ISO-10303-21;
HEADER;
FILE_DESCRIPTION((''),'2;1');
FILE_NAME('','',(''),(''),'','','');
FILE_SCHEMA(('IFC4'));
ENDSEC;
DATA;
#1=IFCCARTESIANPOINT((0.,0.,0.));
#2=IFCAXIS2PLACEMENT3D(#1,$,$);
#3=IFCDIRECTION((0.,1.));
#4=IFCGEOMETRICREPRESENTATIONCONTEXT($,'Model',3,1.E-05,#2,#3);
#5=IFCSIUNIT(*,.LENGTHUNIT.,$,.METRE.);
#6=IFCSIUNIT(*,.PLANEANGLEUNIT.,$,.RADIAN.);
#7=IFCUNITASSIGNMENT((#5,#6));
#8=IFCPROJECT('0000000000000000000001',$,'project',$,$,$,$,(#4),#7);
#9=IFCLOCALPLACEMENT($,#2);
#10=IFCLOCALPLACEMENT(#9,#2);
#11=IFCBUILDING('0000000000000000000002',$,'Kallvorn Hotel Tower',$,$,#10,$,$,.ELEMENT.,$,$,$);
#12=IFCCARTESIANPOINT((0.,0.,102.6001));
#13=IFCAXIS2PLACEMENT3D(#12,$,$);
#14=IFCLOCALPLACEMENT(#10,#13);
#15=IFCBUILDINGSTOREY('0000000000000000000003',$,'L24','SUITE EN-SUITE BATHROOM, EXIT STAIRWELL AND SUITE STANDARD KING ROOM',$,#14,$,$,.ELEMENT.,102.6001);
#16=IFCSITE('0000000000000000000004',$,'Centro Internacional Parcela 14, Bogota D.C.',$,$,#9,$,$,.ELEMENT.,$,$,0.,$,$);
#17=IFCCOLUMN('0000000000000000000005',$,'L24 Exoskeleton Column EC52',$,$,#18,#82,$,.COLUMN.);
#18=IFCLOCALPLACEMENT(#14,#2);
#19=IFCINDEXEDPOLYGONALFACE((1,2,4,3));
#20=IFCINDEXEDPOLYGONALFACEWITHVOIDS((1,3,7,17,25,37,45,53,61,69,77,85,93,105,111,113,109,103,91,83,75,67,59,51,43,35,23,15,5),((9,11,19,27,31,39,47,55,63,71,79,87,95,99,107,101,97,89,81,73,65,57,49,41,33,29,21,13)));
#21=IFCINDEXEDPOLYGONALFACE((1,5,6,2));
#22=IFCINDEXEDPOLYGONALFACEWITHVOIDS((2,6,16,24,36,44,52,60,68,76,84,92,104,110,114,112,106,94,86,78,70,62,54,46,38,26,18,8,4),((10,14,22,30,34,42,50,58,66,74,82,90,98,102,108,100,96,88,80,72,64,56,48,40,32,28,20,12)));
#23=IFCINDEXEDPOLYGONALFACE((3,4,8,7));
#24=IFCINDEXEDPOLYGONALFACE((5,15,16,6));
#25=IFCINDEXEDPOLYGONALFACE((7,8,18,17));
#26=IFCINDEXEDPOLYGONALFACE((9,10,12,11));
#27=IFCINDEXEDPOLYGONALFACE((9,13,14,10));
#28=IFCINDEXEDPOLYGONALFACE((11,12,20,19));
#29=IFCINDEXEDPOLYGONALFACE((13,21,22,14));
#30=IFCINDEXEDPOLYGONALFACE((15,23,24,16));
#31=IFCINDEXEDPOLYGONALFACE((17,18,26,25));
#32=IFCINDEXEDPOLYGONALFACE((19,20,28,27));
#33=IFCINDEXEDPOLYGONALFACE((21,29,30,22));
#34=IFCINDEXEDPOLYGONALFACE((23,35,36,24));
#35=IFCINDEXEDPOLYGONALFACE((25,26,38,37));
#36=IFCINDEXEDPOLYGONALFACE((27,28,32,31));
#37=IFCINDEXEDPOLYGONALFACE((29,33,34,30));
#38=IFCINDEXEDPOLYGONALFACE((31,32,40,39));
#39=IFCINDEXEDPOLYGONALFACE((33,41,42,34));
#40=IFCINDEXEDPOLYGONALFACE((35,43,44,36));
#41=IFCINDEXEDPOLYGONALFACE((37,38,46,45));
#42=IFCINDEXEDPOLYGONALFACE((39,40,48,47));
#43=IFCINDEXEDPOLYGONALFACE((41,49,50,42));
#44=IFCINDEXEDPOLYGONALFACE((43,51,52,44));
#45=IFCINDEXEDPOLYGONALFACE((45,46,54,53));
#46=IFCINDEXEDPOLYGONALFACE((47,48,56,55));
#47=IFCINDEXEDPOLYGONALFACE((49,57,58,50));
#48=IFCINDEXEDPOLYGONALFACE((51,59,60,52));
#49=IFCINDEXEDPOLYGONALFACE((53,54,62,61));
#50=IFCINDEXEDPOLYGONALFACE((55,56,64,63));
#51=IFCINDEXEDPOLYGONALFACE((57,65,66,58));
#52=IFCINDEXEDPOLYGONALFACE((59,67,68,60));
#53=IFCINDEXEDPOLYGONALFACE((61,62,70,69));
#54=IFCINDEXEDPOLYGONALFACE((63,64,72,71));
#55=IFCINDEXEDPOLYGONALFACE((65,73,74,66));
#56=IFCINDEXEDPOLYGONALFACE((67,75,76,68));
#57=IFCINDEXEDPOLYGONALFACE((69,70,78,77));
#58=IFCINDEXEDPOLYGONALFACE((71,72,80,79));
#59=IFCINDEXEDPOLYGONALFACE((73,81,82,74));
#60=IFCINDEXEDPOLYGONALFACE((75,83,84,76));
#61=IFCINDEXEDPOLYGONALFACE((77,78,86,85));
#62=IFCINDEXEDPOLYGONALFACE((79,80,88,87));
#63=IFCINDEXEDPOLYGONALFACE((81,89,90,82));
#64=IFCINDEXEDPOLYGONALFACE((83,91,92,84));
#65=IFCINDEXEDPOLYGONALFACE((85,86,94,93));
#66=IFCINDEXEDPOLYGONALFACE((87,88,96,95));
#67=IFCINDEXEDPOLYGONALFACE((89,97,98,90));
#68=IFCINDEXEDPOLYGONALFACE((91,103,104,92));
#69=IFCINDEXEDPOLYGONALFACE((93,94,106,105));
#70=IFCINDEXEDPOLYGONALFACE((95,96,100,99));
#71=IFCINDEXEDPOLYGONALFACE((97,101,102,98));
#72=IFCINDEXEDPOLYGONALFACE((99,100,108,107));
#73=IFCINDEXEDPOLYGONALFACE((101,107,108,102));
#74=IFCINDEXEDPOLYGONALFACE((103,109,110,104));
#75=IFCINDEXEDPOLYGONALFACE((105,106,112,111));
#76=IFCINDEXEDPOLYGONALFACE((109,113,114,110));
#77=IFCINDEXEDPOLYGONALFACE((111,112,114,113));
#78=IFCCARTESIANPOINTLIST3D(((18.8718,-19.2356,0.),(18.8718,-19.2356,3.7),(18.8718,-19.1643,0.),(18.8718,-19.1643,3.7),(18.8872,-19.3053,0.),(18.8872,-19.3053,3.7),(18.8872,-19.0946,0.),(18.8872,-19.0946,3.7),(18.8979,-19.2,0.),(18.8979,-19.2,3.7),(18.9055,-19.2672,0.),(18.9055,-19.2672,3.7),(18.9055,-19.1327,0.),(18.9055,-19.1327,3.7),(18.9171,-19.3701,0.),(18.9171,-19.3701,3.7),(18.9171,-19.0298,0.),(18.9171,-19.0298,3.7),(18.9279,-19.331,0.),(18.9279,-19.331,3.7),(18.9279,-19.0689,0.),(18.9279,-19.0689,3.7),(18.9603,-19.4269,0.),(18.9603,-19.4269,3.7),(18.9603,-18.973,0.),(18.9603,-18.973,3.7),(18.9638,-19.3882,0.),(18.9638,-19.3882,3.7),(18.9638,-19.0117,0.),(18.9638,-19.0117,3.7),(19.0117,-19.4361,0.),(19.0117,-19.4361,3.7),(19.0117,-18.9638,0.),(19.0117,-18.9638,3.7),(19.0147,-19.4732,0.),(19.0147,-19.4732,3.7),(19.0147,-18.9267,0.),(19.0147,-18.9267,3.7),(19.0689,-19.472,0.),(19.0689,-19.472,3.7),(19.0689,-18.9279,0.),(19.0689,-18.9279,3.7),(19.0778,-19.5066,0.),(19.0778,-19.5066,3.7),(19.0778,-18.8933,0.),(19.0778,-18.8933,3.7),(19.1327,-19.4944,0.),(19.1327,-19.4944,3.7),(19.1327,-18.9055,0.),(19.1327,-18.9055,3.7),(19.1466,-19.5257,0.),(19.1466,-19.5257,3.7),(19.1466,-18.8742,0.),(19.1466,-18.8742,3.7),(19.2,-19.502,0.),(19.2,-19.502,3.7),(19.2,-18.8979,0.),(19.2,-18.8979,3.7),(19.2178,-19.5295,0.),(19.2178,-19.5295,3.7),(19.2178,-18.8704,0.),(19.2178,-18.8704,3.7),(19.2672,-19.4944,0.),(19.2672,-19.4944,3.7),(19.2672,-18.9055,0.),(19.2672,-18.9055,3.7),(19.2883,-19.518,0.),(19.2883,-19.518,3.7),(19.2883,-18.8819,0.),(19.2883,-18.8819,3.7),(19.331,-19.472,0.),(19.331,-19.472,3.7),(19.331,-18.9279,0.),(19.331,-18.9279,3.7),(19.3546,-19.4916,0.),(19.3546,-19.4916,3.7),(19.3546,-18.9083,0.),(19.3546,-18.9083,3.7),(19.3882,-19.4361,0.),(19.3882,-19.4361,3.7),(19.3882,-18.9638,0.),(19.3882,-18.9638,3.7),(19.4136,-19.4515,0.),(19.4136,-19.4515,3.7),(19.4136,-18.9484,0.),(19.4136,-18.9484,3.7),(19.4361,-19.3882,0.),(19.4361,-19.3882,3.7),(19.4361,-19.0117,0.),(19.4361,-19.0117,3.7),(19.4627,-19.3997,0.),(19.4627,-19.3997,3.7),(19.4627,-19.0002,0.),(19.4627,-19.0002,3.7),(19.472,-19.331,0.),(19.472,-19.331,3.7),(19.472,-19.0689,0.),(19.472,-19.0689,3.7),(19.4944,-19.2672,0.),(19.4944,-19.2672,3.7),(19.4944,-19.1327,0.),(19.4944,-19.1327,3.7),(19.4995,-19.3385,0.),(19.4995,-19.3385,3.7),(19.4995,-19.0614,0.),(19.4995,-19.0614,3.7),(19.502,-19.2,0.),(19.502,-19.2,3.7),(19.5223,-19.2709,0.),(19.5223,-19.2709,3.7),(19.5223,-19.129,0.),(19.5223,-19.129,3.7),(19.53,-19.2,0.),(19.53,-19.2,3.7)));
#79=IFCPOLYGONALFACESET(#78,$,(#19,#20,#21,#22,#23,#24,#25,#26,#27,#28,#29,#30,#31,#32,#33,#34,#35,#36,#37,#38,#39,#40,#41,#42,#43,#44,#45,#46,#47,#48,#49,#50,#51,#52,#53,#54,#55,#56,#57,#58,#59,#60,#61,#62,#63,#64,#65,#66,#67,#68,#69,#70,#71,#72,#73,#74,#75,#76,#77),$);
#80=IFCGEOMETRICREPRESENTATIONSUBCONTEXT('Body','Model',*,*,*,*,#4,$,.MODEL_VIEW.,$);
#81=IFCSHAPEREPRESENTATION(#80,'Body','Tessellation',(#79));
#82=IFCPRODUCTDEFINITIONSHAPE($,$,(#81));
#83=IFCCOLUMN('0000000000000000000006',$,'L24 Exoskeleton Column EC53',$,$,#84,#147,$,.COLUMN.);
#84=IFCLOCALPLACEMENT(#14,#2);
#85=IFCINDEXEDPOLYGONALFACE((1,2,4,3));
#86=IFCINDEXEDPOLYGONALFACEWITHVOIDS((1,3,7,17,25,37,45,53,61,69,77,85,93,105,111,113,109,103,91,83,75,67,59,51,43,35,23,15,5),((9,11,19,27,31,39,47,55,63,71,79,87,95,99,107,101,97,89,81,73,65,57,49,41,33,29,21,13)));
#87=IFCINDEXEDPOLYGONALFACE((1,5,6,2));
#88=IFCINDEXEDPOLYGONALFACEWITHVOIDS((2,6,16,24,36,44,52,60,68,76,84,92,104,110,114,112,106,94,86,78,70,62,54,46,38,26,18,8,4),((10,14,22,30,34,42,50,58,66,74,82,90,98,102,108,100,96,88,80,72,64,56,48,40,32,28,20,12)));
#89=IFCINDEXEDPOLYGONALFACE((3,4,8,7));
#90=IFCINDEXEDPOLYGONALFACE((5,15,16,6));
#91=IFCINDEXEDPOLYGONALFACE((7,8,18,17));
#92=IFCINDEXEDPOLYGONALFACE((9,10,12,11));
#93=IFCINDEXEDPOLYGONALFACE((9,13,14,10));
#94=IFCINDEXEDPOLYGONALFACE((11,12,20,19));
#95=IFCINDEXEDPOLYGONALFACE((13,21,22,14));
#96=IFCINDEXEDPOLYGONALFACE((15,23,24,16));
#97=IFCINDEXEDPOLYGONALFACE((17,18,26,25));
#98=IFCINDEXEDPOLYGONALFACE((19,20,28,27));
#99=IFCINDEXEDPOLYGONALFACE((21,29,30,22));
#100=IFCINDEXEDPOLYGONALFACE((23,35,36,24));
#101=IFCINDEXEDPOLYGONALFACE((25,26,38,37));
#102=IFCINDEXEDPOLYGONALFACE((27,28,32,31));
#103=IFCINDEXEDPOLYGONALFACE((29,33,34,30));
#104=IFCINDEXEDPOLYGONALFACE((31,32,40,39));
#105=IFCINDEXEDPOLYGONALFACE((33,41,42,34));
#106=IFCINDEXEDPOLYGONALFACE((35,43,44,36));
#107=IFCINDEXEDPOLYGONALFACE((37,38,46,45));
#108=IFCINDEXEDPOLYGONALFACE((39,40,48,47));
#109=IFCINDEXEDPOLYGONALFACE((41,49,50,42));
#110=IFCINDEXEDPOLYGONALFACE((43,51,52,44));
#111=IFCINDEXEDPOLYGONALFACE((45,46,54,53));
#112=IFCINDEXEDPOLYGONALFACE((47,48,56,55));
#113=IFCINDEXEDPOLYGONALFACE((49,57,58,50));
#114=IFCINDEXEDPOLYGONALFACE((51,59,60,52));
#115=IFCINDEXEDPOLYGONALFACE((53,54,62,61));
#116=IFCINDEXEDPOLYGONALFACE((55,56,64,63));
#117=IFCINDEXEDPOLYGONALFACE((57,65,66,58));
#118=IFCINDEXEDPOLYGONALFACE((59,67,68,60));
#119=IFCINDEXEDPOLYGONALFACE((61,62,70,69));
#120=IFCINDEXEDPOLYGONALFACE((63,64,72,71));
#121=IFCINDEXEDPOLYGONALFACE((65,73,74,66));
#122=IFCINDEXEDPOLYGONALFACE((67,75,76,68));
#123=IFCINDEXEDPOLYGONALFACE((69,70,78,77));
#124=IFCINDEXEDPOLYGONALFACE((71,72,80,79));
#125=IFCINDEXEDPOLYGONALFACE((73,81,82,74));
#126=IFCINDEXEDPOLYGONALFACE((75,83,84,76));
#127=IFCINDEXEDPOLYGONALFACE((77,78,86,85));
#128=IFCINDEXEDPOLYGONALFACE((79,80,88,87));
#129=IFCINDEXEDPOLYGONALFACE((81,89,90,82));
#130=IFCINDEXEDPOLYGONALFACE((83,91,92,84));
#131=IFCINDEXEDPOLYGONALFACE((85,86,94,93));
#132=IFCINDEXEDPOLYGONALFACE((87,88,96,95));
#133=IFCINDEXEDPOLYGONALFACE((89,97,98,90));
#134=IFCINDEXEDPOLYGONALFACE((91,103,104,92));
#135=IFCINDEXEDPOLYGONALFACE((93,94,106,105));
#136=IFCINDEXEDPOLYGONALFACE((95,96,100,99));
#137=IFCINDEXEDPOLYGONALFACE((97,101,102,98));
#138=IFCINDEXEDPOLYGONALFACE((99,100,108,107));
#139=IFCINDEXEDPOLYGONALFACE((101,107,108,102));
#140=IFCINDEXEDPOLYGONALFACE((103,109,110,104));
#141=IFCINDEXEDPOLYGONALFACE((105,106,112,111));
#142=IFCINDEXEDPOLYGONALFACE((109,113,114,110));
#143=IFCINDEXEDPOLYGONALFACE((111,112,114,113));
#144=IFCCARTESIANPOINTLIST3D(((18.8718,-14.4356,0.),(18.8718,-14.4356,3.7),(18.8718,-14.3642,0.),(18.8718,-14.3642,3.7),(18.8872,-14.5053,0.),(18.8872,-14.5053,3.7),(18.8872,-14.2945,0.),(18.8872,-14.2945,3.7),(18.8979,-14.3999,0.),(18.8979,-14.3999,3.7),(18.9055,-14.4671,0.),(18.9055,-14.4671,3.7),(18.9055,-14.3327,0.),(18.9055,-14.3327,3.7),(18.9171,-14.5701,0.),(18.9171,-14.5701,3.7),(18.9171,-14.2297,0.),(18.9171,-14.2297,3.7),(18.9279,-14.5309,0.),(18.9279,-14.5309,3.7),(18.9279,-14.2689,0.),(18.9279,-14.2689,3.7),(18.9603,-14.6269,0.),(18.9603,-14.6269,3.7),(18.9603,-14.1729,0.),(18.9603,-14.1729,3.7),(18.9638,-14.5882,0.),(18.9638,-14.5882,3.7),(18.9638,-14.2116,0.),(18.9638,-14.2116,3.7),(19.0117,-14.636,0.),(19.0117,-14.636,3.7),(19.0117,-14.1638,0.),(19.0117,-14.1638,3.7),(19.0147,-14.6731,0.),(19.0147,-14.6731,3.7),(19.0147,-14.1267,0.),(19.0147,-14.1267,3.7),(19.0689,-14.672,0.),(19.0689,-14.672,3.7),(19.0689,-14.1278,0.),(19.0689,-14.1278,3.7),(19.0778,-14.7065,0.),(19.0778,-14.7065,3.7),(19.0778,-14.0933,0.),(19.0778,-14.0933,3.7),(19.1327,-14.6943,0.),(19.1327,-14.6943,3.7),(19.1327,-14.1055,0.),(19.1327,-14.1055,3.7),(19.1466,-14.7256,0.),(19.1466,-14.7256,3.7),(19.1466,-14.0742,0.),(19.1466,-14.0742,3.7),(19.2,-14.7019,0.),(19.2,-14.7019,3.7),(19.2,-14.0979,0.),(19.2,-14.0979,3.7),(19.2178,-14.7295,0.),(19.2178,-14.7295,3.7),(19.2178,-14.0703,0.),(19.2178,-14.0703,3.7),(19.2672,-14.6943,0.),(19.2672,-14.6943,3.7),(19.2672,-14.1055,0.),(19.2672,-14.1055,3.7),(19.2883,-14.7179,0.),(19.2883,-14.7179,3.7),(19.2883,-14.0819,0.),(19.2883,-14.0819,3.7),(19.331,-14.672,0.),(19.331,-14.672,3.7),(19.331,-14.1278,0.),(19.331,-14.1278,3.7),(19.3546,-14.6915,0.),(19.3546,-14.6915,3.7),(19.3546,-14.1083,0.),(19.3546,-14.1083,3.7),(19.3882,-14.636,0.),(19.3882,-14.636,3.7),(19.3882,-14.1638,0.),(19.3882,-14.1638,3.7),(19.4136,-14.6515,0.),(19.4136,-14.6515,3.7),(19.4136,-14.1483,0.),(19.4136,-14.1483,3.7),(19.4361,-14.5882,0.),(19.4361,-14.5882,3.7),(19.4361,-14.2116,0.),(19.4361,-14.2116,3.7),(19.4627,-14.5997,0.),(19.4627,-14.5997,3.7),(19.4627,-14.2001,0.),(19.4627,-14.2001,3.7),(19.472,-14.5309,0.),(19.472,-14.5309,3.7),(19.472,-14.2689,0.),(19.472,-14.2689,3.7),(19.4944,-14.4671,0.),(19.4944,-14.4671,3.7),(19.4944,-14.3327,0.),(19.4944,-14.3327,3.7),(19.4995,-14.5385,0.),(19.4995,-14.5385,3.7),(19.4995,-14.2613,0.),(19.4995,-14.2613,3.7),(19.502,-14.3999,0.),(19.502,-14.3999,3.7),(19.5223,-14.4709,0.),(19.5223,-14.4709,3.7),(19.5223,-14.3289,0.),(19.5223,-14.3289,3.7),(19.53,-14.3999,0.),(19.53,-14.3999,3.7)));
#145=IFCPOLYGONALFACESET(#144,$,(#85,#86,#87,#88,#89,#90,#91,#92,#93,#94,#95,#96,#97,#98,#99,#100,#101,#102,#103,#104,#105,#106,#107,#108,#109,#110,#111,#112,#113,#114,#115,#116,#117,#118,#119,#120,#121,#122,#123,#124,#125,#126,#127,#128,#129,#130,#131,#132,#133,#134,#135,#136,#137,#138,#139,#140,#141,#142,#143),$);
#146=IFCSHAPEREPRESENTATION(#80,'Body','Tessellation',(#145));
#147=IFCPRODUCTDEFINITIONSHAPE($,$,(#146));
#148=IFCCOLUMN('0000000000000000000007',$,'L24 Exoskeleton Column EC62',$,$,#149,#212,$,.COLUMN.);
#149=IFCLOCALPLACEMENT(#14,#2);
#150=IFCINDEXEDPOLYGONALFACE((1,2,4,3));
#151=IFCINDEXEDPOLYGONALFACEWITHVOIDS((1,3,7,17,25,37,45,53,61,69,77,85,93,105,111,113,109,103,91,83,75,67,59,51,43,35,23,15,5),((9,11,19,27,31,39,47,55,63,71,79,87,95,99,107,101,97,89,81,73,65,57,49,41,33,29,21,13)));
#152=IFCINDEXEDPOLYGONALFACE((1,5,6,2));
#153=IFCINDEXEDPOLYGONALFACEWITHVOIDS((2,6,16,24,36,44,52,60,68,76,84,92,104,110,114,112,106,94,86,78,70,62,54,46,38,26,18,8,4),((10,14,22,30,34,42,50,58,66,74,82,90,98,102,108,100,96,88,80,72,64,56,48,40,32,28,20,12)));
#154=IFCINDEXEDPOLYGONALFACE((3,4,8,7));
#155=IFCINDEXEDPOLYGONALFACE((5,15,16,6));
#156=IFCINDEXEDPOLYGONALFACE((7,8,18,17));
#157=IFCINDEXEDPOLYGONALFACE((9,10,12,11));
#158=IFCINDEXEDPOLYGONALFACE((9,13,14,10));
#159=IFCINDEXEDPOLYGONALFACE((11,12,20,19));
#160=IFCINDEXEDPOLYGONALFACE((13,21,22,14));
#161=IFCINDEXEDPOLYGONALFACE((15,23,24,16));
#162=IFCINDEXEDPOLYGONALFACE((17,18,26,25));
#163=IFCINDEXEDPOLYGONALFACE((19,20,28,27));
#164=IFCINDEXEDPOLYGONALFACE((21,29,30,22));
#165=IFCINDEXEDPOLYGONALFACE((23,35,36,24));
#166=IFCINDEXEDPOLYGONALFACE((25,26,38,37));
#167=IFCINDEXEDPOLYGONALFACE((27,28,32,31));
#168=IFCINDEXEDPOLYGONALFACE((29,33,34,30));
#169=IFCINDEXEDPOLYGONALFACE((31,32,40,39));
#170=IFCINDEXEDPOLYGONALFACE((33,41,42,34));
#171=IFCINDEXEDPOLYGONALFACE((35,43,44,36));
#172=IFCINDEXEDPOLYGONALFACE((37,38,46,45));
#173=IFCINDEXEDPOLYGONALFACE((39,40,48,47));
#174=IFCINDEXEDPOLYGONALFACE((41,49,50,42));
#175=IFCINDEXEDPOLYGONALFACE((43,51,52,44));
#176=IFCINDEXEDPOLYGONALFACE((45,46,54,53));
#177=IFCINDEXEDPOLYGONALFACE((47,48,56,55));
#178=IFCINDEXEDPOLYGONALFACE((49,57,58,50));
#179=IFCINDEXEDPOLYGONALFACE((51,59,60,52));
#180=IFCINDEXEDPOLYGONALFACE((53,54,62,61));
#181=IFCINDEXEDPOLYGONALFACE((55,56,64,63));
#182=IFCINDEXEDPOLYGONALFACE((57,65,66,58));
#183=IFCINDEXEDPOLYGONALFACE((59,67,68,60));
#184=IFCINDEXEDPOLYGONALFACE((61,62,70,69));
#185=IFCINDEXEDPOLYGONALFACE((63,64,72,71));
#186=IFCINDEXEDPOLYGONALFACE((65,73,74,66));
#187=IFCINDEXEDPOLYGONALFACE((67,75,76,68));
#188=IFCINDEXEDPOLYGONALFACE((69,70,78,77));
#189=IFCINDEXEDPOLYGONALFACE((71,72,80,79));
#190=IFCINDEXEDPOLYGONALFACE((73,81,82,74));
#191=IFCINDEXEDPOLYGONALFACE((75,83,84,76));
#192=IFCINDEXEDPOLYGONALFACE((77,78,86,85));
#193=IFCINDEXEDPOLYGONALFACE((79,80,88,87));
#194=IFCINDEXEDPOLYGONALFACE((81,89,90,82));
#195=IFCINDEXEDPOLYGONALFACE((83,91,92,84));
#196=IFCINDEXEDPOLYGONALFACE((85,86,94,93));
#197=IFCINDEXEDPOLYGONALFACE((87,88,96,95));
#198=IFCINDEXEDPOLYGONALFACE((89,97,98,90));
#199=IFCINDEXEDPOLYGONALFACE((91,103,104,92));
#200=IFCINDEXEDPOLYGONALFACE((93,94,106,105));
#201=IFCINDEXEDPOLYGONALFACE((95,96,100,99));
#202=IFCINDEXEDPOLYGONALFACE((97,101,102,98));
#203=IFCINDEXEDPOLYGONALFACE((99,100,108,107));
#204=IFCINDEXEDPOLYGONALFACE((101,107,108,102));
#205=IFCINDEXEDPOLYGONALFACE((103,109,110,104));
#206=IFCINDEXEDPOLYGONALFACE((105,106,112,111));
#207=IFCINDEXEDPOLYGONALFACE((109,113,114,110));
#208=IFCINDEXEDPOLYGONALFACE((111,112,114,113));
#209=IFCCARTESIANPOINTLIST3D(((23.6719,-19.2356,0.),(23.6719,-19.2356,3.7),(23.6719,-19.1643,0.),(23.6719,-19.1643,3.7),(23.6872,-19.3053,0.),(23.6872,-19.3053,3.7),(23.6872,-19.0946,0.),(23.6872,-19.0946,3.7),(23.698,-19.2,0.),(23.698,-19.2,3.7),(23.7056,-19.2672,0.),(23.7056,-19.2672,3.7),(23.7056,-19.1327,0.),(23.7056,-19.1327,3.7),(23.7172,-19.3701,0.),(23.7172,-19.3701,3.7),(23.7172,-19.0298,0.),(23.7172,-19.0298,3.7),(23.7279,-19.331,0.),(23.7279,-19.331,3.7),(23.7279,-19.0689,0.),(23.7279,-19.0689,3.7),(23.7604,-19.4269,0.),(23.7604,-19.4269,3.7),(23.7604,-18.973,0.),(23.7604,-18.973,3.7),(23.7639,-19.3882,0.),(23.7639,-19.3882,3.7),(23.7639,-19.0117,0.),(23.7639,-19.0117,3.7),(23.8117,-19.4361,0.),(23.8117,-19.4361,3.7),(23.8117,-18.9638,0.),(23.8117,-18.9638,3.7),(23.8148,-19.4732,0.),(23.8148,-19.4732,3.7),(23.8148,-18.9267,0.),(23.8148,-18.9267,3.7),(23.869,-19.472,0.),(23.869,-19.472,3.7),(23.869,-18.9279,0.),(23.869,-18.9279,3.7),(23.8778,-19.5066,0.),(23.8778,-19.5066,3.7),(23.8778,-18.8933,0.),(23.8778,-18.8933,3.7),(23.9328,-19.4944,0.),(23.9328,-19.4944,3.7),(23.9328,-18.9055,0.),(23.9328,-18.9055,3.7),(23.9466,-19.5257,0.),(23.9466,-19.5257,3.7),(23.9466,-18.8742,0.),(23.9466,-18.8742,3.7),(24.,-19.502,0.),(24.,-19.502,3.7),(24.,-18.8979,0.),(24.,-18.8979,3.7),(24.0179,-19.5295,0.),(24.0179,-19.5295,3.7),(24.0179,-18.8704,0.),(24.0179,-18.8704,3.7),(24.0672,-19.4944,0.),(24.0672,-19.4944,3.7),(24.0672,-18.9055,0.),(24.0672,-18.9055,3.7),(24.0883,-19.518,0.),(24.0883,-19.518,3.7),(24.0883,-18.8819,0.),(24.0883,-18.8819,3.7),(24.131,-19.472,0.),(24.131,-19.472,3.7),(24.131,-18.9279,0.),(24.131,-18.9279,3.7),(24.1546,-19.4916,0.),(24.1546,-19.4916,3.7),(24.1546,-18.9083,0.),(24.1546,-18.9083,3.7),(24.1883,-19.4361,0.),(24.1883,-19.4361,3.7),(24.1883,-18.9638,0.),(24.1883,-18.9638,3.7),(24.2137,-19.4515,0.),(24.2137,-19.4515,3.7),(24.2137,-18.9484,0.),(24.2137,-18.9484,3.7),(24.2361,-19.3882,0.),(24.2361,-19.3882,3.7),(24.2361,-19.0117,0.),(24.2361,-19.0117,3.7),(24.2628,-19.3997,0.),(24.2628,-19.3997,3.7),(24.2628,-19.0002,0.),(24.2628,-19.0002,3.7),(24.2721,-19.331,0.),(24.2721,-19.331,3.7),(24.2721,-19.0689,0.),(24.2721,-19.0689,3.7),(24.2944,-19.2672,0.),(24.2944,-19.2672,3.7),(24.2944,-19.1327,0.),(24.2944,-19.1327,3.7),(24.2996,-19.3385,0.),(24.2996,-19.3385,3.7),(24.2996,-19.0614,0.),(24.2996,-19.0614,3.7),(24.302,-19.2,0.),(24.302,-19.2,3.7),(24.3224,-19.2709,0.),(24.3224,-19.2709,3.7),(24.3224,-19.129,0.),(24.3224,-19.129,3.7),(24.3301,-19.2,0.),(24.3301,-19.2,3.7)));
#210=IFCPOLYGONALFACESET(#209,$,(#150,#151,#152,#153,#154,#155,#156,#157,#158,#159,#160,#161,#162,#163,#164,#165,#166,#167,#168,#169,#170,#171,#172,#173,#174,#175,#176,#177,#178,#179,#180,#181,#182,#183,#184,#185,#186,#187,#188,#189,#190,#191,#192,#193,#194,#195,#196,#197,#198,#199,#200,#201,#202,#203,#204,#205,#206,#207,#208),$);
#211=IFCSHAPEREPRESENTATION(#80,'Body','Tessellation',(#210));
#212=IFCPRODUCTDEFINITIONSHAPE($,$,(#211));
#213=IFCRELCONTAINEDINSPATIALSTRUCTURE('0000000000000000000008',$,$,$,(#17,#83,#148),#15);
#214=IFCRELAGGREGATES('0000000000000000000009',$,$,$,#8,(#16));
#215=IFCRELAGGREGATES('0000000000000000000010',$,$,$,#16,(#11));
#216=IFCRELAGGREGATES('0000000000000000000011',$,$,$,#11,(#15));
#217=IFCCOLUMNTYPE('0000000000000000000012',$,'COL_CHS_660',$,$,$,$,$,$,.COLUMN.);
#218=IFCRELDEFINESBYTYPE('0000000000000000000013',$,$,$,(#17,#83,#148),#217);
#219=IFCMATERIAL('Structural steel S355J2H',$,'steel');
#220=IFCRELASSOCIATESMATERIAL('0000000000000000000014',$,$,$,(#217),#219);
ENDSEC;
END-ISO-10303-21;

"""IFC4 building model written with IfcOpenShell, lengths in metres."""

from ifc_helpers import new_model, si_unit, direction, frame, origin, origin_2d, place, context, subcontext, project, spatial, hollow_circle, extrude, material, material_profile, profile_set, type_object, element, save


model = new_model("IFC4")

# Units and contexts
model_context = context("Model", 3, precision=1e-05, world=origin(), true_north=direction((0.0, 1.0)))
body_context = subcontext(model_context, "Body", "Model", "MODEL_VIEW")
ifc_project = project(units=[si_unit("LENGTHUNIT", "METRE"), si_unit("PLANEANGLEUNIT", "RADIAN")], contexts=[model_context])

# Site, building, storey
site_placement = place(None, origin())
site = spatial("IfcSite", under=ifc_project, at=site_placement, Name="Centro Internacional Parcela 14, Bogota D.C.", CompositionType="ELEMENT", RefElevation=0.0)
building_placement = place(site_placement, origin())
building = spatial("IfcBuilding", under=site, at=building_placement, Name="Kallvorn Hotel Tower", CompositionType="ELEMENT")
storey_placement = place(building_placement, frame((0.0, 0.0, 102.6001)))
storey = spatial("IfcBuildingStorey", under=building, at=storey_placement, Name="L24", Description="SUITE EN-SUITE BATHROOM, EXIT STAIRWELL AND SUITE STANDARD KING ROOM", CompositionType="ELEMENT", Elevation=102.6001)

# Columns
ifc_material_1 = material(Name="Structural steel S355J2H", Category="steel")
ifc_material_profile_1 = material_profile(ifc_material_1, hollow_circle(Radius=0.3301, WallThickness=0.0281, at=origin_2d()), Name="CHS 660x28")
ifc_profile_set_1 = profile_set([ifc_material_profile_1], Name="Structural steel S355J2H")
column_type_1 = type_object("IfcColumnType", Name="COL_CHS_660", PredefinedType="COLUMN", material=ifc_profile_set_1)
for number, where, z_axis, x_axis, name in (
    (1, (19.2, -19.2, 0.0), (0.0, 0.0, 1.0), (1.0, 0.0, 0.0), "L24 Exoskeleton Column EC52"),
    (2, (19.2, -14.3999, 0.0), (0.0, 0.0, 1.0), (1.0, 0.0, 0.0), "L24 Exoskeleton Column EC53"),
    (3, (24.0, -19.2, 0.0), (0.0, 0.0, 1.0), (1.0, 0.0, 0.0), "L24 Exoskeleton Column EC62"),
):
    element("IfcColumn", number, at=place(storey_placement, frame(where, z_axis=z_axis, x_axis=x_axis)), inside=storey, type_object=column_type_1, Name=name, PredefinedType="COLUMN", context=body_context, shape_type="SweptSolid", body=[
        extrude(hollow_circle(Radius=0.3301, WallThickness=0.0281, at=origin_2d()), origin(), (0.0, 0.0, 1.0), 3.7),
    ])

save(model, "model.ifc")
